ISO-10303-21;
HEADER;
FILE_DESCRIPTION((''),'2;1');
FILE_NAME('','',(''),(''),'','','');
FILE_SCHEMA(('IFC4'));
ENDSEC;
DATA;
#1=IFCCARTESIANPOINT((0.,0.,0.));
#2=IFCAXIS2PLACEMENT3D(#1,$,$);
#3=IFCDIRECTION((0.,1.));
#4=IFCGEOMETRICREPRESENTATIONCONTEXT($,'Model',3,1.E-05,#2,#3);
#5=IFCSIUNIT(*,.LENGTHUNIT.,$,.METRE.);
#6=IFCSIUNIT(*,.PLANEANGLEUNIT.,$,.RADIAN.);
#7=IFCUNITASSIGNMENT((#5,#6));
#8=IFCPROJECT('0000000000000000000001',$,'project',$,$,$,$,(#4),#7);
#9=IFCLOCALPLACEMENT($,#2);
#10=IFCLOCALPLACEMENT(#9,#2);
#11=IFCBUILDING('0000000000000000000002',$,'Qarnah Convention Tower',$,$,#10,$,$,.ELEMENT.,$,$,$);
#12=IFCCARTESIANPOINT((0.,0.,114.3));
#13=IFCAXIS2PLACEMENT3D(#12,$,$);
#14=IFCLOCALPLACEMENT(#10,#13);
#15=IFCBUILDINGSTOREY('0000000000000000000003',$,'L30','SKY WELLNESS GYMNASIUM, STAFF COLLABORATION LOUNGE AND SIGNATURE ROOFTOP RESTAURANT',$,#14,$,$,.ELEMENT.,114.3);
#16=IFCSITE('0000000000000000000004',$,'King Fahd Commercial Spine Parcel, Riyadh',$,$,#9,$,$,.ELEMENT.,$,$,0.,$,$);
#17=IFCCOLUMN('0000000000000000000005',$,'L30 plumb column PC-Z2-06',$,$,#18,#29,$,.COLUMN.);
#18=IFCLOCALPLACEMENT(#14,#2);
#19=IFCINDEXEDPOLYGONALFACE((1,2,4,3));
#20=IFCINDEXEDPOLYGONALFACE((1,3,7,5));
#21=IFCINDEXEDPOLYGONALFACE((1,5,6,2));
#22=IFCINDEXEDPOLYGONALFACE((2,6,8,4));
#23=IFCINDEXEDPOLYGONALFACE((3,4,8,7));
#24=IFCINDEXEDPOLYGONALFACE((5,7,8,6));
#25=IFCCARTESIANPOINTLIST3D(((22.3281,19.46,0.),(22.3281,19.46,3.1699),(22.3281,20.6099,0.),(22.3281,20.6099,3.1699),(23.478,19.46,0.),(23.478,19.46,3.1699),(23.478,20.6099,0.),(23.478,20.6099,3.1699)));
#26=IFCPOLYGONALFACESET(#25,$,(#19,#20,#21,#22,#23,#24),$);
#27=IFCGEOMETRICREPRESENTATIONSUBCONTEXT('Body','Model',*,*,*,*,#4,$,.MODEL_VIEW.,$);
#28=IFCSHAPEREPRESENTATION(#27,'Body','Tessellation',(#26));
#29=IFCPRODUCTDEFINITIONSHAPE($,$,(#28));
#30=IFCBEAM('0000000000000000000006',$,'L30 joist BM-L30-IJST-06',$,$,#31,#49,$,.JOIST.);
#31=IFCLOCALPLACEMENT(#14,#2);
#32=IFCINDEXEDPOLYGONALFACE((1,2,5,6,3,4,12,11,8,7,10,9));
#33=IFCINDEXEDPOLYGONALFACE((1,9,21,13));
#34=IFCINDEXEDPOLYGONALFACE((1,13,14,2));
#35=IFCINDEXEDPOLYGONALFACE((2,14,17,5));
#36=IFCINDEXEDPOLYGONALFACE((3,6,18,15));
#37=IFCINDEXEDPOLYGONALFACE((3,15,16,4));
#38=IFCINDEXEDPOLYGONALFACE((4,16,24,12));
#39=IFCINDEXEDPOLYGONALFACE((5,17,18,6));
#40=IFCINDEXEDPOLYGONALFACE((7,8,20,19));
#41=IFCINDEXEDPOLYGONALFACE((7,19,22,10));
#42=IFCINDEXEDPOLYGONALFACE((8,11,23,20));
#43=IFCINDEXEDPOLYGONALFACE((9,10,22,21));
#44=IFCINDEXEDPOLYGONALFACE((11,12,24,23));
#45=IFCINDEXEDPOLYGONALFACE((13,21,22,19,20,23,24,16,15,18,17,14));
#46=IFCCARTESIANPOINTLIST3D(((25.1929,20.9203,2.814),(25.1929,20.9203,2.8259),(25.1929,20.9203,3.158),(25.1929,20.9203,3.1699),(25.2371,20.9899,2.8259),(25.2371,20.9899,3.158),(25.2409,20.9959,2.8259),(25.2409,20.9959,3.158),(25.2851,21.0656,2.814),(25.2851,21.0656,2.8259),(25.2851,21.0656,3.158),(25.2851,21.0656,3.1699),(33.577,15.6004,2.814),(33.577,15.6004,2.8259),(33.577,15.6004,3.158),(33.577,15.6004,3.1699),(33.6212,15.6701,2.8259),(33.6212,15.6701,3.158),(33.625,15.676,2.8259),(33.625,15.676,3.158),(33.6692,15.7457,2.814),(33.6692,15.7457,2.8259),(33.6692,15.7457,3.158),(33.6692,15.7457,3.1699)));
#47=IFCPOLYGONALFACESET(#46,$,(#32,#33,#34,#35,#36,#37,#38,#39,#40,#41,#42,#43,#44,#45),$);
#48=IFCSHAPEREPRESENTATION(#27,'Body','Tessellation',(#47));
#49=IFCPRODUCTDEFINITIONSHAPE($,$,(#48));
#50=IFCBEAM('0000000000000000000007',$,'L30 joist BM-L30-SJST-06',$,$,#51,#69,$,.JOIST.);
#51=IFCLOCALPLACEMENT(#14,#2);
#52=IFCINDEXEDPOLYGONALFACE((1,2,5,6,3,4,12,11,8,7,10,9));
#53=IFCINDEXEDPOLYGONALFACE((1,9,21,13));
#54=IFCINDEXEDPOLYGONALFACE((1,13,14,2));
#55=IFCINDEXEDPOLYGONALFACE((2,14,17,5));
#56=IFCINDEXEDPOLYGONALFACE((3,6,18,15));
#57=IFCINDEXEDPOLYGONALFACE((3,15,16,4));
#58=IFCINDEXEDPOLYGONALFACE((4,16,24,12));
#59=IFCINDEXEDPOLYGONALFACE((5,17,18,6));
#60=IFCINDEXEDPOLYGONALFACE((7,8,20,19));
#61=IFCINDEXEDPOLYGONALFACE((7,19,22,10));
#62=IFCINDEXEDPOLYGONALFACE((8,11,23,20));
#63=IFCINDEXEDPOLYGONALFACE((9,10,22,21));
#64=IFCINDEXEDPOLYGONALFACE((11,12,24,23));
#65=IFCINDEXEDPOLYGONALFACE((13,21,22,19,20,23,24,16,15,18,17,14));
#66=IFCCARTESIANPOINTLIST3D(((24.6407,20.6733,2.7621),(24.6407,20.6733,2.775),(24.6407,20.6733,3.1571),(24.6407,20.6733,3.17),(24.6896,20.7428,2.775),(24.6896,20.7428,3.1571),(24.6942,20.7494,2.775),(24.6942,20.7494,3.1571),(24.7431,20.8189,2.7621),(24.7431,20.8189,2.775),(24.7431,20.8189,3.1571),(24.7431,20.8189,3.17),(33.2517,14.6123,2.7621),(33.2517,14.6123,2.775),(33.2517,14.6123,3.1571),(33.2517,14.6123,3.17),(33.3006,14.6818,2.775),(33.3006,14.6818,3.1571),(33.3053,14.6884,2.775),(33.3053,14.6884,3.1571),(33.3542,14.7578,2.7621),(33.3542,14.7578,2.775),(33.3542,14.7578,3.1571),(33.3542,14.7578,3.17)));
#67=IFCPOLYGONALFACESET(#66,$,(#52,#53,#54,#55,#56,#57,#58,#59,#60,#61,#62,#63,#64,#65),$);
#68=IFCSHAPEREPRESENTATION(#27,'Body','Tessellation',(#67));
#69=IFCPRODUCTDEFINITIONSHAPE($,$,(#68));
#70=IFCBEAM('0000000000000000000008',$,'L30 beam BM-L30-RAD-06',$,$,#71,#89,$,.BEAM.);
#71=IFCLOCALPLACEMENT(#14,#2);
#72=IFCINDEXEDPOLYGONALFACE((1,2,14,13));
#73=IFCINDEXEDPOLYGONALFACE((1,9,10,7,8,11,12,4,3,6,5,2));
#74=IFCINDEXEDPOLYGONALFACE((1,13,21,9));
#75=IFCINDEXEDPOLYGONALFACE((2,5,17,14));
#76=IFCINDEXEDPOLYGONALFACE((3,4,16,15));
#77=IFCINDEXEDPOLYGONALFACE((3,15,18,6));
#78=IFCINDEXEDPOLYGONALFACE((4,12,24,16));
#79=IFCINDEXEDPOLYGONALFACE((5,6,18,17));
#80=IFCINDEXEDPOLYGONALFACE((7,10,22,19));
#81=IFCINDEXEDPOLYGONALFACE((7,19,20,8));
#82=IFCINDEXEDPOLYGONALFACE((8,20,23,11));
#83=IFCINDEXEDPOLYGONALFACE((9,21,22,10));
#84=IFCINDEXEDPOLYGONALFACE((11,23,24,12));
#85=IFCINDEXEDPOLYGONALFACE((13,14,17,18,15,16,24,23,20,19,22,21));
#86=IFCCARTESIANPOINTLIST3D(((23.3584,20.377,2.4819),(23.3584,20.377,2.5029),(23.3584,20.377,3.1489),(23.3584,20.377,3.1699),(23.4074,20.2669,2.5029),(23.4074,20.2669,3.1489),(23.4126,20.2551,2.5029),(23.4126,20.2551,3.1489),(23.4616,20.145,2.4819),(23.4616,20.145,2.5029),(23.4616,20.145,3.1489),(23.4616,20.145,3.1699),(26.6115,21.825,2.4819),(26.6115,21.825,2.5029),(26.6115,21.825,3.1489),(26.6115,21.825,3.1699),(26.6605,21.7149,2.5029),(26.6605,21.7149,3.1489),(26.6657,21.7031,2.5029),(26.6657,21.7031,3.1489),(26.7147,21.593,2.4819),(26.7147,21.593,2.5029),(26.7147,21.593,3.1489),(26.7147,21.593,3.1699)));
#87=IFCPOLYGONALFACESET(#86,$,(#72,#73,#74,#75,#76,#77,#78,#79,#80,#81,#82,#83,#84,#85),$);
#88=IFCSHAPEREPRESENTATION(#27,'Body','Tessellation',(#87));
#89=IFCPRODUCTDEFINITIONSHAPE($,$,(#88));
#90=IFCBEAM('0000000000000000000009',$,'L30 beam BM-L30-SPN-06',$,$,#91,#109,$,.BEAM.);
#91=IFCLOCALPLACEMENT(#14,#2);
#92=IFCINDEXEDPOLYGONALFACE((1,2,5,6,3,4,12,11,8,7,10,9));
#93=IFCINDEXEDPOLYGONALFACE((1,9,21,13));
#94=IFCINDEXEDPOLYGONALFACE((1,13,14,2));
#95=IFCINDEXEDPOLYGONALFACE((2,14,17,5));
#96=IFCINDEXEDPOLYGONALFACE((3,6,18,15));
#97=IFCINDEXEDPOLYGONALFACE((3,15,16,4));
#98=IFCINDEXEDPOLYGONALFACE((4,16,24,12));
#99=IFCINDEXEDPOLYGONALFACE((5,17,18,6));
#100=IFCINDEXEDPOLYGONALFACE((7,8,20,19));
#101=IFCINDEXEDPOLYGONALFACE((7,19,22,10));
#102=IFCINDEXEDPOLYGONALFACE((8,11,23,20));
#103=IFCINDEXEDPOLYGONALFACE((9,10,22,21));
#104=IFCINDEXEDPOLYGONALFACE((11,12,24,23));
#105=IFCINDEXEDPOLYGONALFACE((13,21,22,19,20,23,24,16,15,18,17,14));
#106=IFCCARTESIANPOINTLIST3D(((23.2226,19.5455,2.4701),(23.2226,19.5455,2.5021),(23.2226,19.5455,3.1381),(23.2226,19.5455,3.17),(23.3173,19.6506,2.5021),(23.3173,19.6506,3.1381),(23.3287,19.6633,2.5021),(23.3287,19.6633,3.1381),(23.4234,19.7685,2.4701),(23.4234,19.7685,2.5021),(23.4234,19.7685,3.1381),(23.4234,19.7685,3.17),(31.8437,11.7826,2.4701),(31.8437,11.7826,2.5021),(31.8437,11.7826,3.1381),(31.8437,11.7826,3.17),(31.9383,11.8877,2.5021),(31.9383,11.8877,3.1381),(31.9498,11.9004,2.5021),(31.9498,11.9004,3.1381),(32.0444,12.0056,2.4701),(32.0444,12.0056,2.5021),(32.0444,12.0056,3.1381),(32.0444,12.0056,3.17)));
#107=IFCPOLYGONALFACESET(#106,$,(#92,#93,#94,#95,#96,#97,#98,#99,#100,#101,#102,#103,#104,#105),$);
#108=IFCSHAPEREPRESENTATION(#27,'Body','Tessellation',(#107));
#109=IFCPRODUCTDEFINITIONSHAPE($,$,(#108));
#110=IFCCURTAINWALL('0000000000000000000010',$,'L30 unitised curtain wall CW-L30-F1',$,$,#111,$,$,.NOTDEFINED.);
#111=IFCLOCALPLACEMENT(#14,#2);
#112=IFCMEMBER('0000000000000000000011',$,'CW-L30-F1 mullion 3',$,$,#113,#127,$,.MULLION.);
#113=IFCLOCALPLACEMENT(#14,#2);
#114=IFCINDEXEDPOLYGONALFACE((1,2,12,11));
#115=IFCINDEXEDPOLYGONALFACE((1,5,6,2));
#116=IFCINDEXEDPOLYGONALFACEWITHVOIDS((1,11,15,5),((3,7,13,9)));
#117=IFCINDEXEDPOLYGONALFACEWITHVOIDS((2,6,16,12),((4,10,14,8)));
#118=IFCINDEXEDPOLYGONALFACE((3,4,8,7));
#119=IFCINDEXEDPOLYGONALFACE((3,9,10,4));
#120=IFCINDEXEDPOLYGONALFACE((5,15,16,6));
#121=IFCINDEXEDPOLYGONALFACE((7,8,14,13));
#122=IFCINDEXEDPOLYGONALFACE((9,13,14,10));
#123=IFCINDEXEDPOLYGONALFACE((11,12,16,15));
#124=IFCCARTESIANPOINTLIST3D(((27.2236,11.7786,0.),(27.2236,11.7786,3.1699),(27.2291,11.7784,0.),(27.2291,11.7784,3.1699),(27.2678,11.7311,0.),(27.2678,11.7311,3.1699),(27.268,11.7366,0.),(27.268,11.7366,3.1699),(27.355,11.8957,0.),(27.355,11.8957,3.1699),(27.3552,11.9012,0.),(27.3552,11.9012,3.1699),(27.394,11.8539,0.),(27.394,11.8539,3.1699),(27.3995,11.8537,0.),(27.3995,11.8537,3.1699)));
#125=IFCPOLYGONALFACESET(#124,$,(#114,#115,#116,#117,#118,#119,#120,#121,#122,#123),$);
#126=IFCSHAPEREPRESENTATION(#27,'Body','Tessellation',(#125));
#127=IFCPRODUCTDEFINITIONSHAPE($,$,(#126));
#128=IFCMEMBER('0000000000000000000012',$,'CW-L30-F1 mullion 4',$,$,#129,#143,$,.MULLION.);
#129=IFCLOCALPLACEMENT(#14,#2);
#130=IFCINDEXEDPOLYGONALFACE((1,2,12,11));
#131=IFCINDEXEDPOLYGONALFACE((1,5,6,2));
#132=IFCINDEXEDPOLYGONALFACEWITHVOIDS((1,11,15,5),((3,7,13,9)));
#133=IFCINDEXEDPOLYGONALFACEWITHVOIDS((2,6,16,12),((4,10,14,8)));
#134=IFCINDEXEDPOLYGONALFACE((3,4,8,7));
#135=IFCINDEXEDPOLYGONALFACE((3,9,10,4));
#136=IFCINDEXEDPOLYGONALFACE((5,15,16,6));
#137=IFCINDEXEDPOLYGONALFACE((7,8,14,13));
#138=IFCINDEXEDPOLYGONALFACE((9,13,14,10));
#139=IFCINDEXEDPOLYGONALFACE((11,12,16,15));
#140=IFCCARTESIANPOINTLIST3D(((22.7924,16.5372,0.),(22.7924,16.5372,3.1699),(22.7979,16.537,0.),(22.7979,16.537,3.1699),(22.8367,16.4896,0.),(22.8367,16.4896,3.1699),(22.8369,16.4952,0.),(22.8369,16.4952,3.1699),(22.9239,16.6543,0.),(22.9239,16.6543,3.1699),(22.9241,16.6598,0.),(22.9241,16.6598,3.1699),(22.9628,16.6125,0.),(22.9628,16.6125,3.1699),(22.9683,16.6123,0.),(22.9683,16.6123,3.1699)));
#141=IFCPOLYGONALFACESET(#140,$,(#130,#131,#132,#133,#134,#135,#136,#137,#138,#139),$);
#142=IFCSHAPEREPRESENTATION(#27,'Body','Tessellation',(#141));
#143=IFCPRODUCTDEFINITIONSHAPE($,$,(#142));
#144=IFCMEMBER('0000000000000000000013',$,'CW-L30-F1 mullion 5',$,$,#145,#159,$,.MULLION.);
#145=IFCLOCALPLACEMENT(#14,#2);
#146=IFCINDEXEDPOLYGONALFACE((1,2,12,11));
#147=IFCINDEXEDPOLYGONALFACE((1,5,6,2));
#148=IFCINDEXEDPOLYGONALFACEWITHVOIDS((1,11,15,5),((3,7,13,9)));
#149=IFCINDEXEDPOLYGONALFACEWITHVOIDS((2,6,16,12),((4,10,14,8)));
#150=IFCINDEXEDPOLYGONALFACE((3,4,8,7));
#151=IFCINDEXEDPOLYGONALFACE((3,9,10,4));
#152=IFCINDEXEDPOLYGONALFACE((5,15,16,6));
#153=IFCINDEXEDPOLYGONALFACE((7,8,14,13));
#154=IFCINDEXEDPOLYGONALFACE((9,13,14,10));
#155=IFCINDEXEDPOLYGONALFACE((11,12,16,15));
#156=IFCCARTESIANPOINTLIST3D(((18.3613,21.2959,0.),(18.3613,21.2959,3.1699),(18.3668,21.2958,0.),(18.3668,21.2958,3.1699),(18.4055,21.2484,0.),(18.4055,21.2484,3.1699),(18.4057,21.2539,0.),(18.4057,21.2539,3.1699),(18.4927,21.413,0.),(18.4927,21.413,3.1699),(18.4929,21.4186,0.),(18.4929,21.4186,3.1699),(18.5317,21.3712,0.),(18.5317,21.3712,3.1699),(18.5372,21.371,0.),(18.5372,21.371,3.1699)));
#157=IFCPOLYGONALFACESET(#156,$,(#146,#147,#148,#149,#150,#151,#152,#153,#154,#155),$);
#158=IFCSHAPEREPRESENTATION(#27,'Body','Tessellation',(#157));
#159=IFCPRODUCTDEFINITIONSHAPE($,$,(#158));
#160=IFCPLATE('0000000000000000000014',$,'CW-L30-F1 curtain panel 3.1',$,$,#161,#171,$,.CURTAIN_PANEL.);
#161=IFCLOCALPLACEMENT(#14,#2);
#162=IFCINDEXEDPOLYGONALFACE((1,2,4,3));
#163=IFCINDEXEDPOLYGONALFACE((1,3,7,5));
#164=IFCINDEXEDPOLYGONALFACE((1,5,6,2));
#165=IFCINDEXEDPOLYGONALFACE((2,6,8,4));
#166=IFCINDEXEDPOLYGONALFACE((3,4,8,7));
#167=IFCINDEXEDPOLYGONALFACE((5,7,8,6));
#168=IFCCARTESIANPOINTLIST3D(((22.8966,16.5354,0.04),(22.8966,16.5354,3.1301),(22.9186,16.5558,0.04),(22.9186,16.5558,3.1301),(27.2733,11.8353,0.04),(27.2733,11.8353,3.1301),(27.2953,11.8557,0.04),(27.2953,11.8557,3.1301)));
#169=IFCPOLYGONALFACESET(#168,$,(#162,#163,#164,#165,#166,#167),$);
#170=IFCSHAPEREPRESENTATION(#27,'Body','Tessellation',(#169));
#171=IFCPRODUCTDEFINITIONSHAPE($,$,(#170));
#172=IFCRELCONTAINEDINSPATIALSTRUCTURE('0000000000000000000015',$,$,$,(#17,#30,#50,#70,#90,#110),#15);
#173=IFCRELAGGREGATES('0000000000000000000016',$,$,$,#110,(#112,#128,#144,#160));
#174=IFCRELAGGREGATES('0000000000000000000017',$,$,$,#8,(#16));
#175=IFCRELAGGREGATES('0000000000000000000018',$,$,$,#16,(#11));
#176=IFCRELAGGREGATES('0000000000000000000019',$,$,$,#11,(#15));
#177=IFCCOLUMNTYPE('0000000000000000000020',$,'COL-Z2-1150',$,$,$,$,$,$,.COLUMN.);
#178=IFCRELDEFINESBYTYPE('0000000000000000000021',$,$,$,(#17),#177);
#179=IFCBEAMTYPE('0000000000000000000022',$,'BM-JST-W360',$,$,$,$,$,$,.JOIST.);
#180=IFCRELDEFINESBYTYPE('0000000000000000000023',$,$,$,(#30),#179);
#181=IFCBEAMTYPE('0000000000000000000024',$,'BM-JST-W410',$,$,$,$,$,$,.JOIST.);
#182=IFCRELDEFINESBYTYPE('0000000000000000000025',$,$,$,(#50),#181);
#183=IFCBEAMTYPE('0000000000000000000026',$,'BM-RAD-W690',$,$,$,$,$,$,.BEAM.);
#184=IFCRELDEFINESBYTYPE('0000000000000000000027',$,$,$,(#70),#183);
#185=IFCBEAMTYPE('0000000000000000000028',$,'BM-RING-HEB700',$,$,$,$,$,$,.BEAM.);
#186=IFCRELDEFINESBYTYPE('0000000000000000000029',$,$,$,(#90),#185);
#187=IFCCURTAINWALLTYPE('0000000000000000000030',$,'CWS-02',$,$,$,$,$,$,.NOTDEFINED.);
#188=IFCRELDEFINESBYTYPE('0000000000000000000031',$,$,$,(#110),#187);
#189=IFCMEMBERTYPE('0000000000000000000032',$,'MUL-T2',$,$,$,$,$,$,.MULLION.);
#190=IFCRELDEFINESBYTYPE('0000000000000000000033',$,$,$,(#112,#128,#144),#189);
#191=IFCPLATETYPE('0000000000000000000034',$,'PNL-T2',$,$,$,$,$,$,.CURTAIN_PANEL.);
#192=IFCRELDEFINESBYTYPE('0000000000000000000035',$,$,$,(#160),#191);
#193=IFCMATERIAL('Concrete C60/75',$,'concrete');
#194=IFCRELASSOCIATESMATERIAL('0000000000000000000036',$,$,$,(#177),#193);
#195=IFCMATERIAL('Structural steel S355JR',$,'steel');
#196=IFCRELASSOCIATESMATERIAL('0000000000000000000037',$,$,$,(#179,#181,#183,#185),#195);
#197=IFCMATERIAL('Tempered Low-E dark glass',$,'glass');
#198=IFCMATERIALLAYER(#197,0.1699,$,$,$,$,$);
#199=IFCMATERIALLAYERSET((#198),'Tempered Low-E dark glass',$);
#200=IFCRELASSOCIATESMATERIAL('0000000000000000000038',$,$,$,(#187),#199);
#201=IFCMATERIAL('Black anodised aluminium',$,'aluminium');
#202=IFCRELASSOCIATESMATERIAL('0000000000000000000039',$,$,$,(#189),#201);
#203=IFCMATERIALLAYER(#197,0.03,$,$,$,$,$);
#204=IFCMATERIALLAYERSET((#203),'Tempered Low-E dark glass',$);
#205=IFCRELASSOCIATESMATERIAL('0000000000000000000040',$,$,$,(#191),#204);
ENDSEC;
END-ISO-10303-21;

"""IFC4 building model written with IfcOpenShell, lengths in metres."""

from ifc_helpers import new_model, si_unit, direction, frame, origin, origin_2d, place, context, subcontext, project, spatial, rectangle, hollow_rectangle, i_section, extrude, material, layer, layer_set, material_profile, profile_set, type_object, element, aggregate, save


model = new_model("IFC4")

# Units and contexts
model_context = context("Model", 3, precision=1e-05, world=origin(), true_north=direction((0.0, 1.0)))
body_context = subcontext(model_context, "Body", "Model", "MODEL_VIEW")
ifc_project = project(units=[si_unit("LENGTHUNIT", "METRE"), si_unit("PLANEANGLEUNIT", "RADIAN")], contexts=[model_context])

# Site, building, storey
site_placement = place(None, origin())
site = spatial("IfcSite", under=ifc_project, at=site_placement, Name="King Fahd Commercial Spine Parcel, Riyadh", CompositionType="ELEMENT", RefElevation=0.0)
building_placement = place(site_placement, origin())
building = spatial("IfcBuilding", under=site, at=building_placement, Name="Qarnah Convention Tower", CompositionType="ELEMENT")
storey_placement = place(building_placement, frame((0.0, 0.0, 114.3)))
storey = spatial("IfcBuildingStorey", under=building, at=storey_placement, Name="L30", Description="SKY WELLNESS GYMNASIUM, STAFF COLLABORATION LOUNGE AND SIGNATURE ROOFTOP RESTAURANT", CompositionType="ELEMENT", Elevation=114.3)

# Column
ifc_material_1 = material(Name="Concrete C60/75", Category="concrete")
ifc_material_profile_1 = material_profile(ifc_material_1, rectangle(XDim=1.1499, YDim=1.1499, at=origin_2d()), Name="RC-COL-1150X1150")
ifc_profile_set_1 = profile_set([ifc_material_profile_1], Name="Concrete C60/75")
column_type = type_object("IfcColumnType", Name="COL-Z2-1150", PredefinedType="COLUMN", material=ifc_profile_set_1)
column_placement = place(storey_placement, frame((22.9031, 20.0349, 0.0), z_axis=(0.0, 0.0, 1.0), x_axis=(1.0, 0.0, 0.0)))
element("IfcColumn", 1, at=column_placement, inside=storey, type_object=column_type, Name="L30 plumb column PC-Z2-06", PredefinedType="COLUMN", context=body_context, shape_type="SweptSolid", body=[
    extrude(rectangle(XDim=1.1499, YDim=1.1499, at=origin_2d()), origin(), (0.0, 0.0, 1.0), 3.1699),
])

# Beams
ifc_material_2 = material(Name="Structural steel S355JR", Category="steel")
ifc_material_profile_2 = material_profile(ifc_material_2, i_section(OverallWidth=0.1721, OverallDepth=0.356, WebThickness=0.0071, FlangeThickness=0.012, at=origin_2d()), Name="W360X51")
ifc_profile_set_2 = profile_set([ifc_material_profile_2], Name="Structural steel S355JR")
beam_type_1 = type_object("IfcBeamType", Name="BM-JST-W360", PredefinedType="JOIST", material=ifc_profile_set_2)
beam_1_placement = place(storey_placement, frame((25.239, 20.9929, 2.9919), z_axis=(0.844366, -0.535766, 0.0), x_axis=(0.535766, 0.844366, 0.0)))
element("IfcBeam", 2, at=beam_1_placement, inside=storey, type_object=beam_type_1, Name="L30 joist BM-L30-IJST-06", PredefinedType="JOIST", context=body_context, shape_type="SweptSolid", body=[
    extrude(i_section(OverallWidth=0.1721, OverallDepth=0.356, WebThickness=0.0071, FlangeThickness=0.012, at=origin_2d()), origin(), (0.0, 0.0, 1.0), 9.9294),
])
ifc_material_profile_3 = material_profile(ifc_material_2, i_section(OverallWidth=0.178, OverallDepth=0.408, WebThickness=0.0081, FlangeThickness=0.0129, at=origin_2d()), Name="W410X60")
ifc_profile_set_3 = profile_set([ifc_material_profile_3], Name="Structural steel S355JR")
beam_type_2 = type_object("IfcBeamType", Name="BM-JST-W410", PredefinedType="JOIST", material=ifc_profile_set_3)
beam_2_placement = place(storey_placement, frame((24.6919, 20.7461, 2.9661), z_axis=(0.817745, -0.575581, 0.0), x_axis=(0.575581, 0.817745, 0.0)))
element("IfcBeam", 3, at=beam_2_placement, inside=storey, type_object=beam_type_2, Name="L30 joist BM-L30-SJST-06", PredefinedType="JOIST", context=body_context, shape_type="SweptSolid", body=[
    extrude(i_section(OverallWidth=0.178, OverallDepth=0.408, WebThickness=0.0081, FlangeThickness=0.0129, at=origin_2d()), origin(), (0.0, 0.0, 1.0), 10.5303),
])
ifc_material_profile_4 = material_profile(ifc_material_2, i_section(OverallWidth=0.2539, OverallDepth=0.688, WebThickness=0.0129, FlangeThickness=0.021, at=origin_2d()), Name="W690X152")
ifc_profile_set_4 = profile_set([ifc_material_profile_4], Name="Structural steel S355JR")
beam_type_3 = type_object("IfcBeamType", Name="BM-RAD-W690", PredefinedType="BEAM", material=ifc_profile_set_4)
beam_3_placement = place(storey_placement, frame((26.6631, 21.709, 2.8259), z_axis=(-0.913588, -0.406641, 0.0), x_axis=(0.406641, -0.913588, 0.0)))
element("IfcBeam", 4, at=beam_3_placement, inside=storey, type_object=beam_type_3, Name="L30 beam BM-L30-RAD-06", PredefinedType="BEAM", context=body_context, shape_type="SweptSolid", body=[
    extrude(i_section(OverallWidth=0.2539, OverallDepth=0.688, WebThickness=0.0129, FlangeThickness=0.021, at=origin_2d()), origin(), (0.0, 0.0, 1.0), 3.5608),
])
ifc_material_profile_5 = material_profile(ifc_material_2, i_section(OverallWidth=0.3, OverallDepth=0.7, WebThickness=0.0171, FlangeThickness=0.032, at=origin_2d()), Name="HEB700")
ifc_profile_set_5 = profile_set([ifc_material_profile_5], Name="Structural steel S355JR")
beam_type_4 = type_object("IfcBeamType", Name="BM-RING-HEB700", PredefinedType="BEAM", material=ifc_profile_set_5)
beam_4_placement = place(storey_placement, frame((23.323, 19.657, 2.8201), z_axis=(0.743125, -0.669153, 0.0), x_axis=(0.669153, 0.743125, 0.0)))
element("IfcBeam", 5, at=beam_4_placement, inside=storey, type_object=beam_type_4, Name="L30 beam BM-L30-SPN-06", PredefinedType="BEAM", context=body_context, shape_type="SweptSolid", body=[
    extrude(i_section(OverallWidth=0.3, OverallDepth=0.7, WebThickness=0.0171, FlangeThickness=0.032, at=origin_2d()), origin(), (0.0, 0.0, 1.0), 11.6011),
])

# Curtain wall, members, plate
ifc_material_3 = material(Name="Tempered Low-E dark glass", Category="glass")
ifc_layer_1 = layer(ifc_material_3, 0.1699)
ifc_layer_set_1 = layer_set([ifc_layer_1], Name="Tempered Low-E dark glass")
curtain_wall_type = type_object("IfcCurtainWallType", Name="CWS-02", PredefinedType="NOTDEFINED", material=ifc_layer_set_1)
curtain_wall_placement = place(storey_placement, origin())
curtain_wall = element("IfcCurtainWall", 6, at=curtain_wall_placement, inside=storey, type_object=curtain_wall_type, Name="L30 unitised curtain wall CW-L30-F1", PredefinedType="NOTDEFINED")
ifc_material_4 = material(Name="Black anodised aluminium", Category="aluminium")
ifc_material_profile_6 = material_profile(ifc_material_4, hollow_rectangle(XDim=0.0649, YDim=0.1799, WallThickness=0.0039, at=origin_2d()), Name="MUL-65X180")
ifc_profile_set_6 = profile_set([ifc_material_profile_6], Name="Black anodised aluminium")
member_type = type_object("IfcMemberType", Name="MUL-T2", PredefinedType="MULLION", material=ifc_profile_set_6)
member_1_placement = place(storey_placement, frame((27.3115, 11.8162, 0.0), z_axis=(0.0, 0.0, 1.0), x_axis=(-0.681483, 0.731834, 0.0)))
member_1 = element("IfcMember", 7, at=member_1_placement, type_object=member_type, Name="CW-L30-F1 mullion 3", PredefinedType="MULLION", context=body_context, shape_type="SweptSolid", body=[
    extrude(hollow_rectangle(XDim=0.0649, YDim=0.1799, WallThickness=0.0039, at=origin_2d()), origin(), (0.0, 0.0, 1.0), 3.1699),
])
member_2_placement = place(storey_placement, frame((22.8804, 16.5747, 0.0), z_axis=(0.0, 0.0, 1.0), x_axis=(-0.681483, 0.731834, 0.0)))
member_2 = element("IfcMember", 8, at=member_2_placement, type_object=member_type, Name="CW-L30-F1 mullion 4", PredefinedType="MULLION", context=body_context, shape_type="SweptSolid", body=[
    extrude(hollow_rectangle(XDim=0.0649, YDim=0.1799, WallThickness=0.0039, at=origin_2d()), origin(), (0.0, 0.0, 1.0), 3.1699),
])
member_3_placement = place(storey_placement, frame((18.4492, 21.3335, 0.0), z_axis=(0.0, 0.0, 1.0), x_axis=(-0.681483, 0.731834, 0.0)))
member_3 = element("IfcMember", 9, at=member_3_placement, type_object=member_type, Name="CW-L30-F1 mullion 5", PredefinedType="MULLION", context=body_context, shape_type="SweptSolid", body=[
    extrude(hollow_rectangle(XDim=0.0649, YDim=0.1799, WallThickness=0.0039, at=origin_2d()), origin(), (0.0, 0.0, 1.0), 3.1699),
])
ifc_layer_2 = layer(ifc_material_3, 0.03)
ifc_layer_set_2 = layer_set([ifc_layer_2], Name="Tempered Low-E dark glass")
plate_type = type_object("IfcPlateType", Name="PNL-T2", PredefinedType="CURTAIN_PANEL", material=ifc_layer_set_2)
plate_1_placement = place(storey_placement, frame((25.0959, 14.1956, 0.04), z_axis=(0.0, 0.0, 1.0), x_axis=(-0.681483, 0.731834, 0.0)))
plate_1 = element("IfcPlate", 10, at=plate_1_placement, type_object=plate_type, Name="CW-L30-F1 curtain panel 3.1", PredefinedType="CURTAIN_PANEL", context=body_context, shape_type="SweptSolid", body=[
    extrude(rectangle(XDim=6.4224, YDim=0.03, at=origin_2d()), origin(), (0.0, 0.0, 1.0), 3.0901),
])
aggregate(curtain_wall, [member_1, member_2, member_3, plate_1])

save(model, "model.ifc")
